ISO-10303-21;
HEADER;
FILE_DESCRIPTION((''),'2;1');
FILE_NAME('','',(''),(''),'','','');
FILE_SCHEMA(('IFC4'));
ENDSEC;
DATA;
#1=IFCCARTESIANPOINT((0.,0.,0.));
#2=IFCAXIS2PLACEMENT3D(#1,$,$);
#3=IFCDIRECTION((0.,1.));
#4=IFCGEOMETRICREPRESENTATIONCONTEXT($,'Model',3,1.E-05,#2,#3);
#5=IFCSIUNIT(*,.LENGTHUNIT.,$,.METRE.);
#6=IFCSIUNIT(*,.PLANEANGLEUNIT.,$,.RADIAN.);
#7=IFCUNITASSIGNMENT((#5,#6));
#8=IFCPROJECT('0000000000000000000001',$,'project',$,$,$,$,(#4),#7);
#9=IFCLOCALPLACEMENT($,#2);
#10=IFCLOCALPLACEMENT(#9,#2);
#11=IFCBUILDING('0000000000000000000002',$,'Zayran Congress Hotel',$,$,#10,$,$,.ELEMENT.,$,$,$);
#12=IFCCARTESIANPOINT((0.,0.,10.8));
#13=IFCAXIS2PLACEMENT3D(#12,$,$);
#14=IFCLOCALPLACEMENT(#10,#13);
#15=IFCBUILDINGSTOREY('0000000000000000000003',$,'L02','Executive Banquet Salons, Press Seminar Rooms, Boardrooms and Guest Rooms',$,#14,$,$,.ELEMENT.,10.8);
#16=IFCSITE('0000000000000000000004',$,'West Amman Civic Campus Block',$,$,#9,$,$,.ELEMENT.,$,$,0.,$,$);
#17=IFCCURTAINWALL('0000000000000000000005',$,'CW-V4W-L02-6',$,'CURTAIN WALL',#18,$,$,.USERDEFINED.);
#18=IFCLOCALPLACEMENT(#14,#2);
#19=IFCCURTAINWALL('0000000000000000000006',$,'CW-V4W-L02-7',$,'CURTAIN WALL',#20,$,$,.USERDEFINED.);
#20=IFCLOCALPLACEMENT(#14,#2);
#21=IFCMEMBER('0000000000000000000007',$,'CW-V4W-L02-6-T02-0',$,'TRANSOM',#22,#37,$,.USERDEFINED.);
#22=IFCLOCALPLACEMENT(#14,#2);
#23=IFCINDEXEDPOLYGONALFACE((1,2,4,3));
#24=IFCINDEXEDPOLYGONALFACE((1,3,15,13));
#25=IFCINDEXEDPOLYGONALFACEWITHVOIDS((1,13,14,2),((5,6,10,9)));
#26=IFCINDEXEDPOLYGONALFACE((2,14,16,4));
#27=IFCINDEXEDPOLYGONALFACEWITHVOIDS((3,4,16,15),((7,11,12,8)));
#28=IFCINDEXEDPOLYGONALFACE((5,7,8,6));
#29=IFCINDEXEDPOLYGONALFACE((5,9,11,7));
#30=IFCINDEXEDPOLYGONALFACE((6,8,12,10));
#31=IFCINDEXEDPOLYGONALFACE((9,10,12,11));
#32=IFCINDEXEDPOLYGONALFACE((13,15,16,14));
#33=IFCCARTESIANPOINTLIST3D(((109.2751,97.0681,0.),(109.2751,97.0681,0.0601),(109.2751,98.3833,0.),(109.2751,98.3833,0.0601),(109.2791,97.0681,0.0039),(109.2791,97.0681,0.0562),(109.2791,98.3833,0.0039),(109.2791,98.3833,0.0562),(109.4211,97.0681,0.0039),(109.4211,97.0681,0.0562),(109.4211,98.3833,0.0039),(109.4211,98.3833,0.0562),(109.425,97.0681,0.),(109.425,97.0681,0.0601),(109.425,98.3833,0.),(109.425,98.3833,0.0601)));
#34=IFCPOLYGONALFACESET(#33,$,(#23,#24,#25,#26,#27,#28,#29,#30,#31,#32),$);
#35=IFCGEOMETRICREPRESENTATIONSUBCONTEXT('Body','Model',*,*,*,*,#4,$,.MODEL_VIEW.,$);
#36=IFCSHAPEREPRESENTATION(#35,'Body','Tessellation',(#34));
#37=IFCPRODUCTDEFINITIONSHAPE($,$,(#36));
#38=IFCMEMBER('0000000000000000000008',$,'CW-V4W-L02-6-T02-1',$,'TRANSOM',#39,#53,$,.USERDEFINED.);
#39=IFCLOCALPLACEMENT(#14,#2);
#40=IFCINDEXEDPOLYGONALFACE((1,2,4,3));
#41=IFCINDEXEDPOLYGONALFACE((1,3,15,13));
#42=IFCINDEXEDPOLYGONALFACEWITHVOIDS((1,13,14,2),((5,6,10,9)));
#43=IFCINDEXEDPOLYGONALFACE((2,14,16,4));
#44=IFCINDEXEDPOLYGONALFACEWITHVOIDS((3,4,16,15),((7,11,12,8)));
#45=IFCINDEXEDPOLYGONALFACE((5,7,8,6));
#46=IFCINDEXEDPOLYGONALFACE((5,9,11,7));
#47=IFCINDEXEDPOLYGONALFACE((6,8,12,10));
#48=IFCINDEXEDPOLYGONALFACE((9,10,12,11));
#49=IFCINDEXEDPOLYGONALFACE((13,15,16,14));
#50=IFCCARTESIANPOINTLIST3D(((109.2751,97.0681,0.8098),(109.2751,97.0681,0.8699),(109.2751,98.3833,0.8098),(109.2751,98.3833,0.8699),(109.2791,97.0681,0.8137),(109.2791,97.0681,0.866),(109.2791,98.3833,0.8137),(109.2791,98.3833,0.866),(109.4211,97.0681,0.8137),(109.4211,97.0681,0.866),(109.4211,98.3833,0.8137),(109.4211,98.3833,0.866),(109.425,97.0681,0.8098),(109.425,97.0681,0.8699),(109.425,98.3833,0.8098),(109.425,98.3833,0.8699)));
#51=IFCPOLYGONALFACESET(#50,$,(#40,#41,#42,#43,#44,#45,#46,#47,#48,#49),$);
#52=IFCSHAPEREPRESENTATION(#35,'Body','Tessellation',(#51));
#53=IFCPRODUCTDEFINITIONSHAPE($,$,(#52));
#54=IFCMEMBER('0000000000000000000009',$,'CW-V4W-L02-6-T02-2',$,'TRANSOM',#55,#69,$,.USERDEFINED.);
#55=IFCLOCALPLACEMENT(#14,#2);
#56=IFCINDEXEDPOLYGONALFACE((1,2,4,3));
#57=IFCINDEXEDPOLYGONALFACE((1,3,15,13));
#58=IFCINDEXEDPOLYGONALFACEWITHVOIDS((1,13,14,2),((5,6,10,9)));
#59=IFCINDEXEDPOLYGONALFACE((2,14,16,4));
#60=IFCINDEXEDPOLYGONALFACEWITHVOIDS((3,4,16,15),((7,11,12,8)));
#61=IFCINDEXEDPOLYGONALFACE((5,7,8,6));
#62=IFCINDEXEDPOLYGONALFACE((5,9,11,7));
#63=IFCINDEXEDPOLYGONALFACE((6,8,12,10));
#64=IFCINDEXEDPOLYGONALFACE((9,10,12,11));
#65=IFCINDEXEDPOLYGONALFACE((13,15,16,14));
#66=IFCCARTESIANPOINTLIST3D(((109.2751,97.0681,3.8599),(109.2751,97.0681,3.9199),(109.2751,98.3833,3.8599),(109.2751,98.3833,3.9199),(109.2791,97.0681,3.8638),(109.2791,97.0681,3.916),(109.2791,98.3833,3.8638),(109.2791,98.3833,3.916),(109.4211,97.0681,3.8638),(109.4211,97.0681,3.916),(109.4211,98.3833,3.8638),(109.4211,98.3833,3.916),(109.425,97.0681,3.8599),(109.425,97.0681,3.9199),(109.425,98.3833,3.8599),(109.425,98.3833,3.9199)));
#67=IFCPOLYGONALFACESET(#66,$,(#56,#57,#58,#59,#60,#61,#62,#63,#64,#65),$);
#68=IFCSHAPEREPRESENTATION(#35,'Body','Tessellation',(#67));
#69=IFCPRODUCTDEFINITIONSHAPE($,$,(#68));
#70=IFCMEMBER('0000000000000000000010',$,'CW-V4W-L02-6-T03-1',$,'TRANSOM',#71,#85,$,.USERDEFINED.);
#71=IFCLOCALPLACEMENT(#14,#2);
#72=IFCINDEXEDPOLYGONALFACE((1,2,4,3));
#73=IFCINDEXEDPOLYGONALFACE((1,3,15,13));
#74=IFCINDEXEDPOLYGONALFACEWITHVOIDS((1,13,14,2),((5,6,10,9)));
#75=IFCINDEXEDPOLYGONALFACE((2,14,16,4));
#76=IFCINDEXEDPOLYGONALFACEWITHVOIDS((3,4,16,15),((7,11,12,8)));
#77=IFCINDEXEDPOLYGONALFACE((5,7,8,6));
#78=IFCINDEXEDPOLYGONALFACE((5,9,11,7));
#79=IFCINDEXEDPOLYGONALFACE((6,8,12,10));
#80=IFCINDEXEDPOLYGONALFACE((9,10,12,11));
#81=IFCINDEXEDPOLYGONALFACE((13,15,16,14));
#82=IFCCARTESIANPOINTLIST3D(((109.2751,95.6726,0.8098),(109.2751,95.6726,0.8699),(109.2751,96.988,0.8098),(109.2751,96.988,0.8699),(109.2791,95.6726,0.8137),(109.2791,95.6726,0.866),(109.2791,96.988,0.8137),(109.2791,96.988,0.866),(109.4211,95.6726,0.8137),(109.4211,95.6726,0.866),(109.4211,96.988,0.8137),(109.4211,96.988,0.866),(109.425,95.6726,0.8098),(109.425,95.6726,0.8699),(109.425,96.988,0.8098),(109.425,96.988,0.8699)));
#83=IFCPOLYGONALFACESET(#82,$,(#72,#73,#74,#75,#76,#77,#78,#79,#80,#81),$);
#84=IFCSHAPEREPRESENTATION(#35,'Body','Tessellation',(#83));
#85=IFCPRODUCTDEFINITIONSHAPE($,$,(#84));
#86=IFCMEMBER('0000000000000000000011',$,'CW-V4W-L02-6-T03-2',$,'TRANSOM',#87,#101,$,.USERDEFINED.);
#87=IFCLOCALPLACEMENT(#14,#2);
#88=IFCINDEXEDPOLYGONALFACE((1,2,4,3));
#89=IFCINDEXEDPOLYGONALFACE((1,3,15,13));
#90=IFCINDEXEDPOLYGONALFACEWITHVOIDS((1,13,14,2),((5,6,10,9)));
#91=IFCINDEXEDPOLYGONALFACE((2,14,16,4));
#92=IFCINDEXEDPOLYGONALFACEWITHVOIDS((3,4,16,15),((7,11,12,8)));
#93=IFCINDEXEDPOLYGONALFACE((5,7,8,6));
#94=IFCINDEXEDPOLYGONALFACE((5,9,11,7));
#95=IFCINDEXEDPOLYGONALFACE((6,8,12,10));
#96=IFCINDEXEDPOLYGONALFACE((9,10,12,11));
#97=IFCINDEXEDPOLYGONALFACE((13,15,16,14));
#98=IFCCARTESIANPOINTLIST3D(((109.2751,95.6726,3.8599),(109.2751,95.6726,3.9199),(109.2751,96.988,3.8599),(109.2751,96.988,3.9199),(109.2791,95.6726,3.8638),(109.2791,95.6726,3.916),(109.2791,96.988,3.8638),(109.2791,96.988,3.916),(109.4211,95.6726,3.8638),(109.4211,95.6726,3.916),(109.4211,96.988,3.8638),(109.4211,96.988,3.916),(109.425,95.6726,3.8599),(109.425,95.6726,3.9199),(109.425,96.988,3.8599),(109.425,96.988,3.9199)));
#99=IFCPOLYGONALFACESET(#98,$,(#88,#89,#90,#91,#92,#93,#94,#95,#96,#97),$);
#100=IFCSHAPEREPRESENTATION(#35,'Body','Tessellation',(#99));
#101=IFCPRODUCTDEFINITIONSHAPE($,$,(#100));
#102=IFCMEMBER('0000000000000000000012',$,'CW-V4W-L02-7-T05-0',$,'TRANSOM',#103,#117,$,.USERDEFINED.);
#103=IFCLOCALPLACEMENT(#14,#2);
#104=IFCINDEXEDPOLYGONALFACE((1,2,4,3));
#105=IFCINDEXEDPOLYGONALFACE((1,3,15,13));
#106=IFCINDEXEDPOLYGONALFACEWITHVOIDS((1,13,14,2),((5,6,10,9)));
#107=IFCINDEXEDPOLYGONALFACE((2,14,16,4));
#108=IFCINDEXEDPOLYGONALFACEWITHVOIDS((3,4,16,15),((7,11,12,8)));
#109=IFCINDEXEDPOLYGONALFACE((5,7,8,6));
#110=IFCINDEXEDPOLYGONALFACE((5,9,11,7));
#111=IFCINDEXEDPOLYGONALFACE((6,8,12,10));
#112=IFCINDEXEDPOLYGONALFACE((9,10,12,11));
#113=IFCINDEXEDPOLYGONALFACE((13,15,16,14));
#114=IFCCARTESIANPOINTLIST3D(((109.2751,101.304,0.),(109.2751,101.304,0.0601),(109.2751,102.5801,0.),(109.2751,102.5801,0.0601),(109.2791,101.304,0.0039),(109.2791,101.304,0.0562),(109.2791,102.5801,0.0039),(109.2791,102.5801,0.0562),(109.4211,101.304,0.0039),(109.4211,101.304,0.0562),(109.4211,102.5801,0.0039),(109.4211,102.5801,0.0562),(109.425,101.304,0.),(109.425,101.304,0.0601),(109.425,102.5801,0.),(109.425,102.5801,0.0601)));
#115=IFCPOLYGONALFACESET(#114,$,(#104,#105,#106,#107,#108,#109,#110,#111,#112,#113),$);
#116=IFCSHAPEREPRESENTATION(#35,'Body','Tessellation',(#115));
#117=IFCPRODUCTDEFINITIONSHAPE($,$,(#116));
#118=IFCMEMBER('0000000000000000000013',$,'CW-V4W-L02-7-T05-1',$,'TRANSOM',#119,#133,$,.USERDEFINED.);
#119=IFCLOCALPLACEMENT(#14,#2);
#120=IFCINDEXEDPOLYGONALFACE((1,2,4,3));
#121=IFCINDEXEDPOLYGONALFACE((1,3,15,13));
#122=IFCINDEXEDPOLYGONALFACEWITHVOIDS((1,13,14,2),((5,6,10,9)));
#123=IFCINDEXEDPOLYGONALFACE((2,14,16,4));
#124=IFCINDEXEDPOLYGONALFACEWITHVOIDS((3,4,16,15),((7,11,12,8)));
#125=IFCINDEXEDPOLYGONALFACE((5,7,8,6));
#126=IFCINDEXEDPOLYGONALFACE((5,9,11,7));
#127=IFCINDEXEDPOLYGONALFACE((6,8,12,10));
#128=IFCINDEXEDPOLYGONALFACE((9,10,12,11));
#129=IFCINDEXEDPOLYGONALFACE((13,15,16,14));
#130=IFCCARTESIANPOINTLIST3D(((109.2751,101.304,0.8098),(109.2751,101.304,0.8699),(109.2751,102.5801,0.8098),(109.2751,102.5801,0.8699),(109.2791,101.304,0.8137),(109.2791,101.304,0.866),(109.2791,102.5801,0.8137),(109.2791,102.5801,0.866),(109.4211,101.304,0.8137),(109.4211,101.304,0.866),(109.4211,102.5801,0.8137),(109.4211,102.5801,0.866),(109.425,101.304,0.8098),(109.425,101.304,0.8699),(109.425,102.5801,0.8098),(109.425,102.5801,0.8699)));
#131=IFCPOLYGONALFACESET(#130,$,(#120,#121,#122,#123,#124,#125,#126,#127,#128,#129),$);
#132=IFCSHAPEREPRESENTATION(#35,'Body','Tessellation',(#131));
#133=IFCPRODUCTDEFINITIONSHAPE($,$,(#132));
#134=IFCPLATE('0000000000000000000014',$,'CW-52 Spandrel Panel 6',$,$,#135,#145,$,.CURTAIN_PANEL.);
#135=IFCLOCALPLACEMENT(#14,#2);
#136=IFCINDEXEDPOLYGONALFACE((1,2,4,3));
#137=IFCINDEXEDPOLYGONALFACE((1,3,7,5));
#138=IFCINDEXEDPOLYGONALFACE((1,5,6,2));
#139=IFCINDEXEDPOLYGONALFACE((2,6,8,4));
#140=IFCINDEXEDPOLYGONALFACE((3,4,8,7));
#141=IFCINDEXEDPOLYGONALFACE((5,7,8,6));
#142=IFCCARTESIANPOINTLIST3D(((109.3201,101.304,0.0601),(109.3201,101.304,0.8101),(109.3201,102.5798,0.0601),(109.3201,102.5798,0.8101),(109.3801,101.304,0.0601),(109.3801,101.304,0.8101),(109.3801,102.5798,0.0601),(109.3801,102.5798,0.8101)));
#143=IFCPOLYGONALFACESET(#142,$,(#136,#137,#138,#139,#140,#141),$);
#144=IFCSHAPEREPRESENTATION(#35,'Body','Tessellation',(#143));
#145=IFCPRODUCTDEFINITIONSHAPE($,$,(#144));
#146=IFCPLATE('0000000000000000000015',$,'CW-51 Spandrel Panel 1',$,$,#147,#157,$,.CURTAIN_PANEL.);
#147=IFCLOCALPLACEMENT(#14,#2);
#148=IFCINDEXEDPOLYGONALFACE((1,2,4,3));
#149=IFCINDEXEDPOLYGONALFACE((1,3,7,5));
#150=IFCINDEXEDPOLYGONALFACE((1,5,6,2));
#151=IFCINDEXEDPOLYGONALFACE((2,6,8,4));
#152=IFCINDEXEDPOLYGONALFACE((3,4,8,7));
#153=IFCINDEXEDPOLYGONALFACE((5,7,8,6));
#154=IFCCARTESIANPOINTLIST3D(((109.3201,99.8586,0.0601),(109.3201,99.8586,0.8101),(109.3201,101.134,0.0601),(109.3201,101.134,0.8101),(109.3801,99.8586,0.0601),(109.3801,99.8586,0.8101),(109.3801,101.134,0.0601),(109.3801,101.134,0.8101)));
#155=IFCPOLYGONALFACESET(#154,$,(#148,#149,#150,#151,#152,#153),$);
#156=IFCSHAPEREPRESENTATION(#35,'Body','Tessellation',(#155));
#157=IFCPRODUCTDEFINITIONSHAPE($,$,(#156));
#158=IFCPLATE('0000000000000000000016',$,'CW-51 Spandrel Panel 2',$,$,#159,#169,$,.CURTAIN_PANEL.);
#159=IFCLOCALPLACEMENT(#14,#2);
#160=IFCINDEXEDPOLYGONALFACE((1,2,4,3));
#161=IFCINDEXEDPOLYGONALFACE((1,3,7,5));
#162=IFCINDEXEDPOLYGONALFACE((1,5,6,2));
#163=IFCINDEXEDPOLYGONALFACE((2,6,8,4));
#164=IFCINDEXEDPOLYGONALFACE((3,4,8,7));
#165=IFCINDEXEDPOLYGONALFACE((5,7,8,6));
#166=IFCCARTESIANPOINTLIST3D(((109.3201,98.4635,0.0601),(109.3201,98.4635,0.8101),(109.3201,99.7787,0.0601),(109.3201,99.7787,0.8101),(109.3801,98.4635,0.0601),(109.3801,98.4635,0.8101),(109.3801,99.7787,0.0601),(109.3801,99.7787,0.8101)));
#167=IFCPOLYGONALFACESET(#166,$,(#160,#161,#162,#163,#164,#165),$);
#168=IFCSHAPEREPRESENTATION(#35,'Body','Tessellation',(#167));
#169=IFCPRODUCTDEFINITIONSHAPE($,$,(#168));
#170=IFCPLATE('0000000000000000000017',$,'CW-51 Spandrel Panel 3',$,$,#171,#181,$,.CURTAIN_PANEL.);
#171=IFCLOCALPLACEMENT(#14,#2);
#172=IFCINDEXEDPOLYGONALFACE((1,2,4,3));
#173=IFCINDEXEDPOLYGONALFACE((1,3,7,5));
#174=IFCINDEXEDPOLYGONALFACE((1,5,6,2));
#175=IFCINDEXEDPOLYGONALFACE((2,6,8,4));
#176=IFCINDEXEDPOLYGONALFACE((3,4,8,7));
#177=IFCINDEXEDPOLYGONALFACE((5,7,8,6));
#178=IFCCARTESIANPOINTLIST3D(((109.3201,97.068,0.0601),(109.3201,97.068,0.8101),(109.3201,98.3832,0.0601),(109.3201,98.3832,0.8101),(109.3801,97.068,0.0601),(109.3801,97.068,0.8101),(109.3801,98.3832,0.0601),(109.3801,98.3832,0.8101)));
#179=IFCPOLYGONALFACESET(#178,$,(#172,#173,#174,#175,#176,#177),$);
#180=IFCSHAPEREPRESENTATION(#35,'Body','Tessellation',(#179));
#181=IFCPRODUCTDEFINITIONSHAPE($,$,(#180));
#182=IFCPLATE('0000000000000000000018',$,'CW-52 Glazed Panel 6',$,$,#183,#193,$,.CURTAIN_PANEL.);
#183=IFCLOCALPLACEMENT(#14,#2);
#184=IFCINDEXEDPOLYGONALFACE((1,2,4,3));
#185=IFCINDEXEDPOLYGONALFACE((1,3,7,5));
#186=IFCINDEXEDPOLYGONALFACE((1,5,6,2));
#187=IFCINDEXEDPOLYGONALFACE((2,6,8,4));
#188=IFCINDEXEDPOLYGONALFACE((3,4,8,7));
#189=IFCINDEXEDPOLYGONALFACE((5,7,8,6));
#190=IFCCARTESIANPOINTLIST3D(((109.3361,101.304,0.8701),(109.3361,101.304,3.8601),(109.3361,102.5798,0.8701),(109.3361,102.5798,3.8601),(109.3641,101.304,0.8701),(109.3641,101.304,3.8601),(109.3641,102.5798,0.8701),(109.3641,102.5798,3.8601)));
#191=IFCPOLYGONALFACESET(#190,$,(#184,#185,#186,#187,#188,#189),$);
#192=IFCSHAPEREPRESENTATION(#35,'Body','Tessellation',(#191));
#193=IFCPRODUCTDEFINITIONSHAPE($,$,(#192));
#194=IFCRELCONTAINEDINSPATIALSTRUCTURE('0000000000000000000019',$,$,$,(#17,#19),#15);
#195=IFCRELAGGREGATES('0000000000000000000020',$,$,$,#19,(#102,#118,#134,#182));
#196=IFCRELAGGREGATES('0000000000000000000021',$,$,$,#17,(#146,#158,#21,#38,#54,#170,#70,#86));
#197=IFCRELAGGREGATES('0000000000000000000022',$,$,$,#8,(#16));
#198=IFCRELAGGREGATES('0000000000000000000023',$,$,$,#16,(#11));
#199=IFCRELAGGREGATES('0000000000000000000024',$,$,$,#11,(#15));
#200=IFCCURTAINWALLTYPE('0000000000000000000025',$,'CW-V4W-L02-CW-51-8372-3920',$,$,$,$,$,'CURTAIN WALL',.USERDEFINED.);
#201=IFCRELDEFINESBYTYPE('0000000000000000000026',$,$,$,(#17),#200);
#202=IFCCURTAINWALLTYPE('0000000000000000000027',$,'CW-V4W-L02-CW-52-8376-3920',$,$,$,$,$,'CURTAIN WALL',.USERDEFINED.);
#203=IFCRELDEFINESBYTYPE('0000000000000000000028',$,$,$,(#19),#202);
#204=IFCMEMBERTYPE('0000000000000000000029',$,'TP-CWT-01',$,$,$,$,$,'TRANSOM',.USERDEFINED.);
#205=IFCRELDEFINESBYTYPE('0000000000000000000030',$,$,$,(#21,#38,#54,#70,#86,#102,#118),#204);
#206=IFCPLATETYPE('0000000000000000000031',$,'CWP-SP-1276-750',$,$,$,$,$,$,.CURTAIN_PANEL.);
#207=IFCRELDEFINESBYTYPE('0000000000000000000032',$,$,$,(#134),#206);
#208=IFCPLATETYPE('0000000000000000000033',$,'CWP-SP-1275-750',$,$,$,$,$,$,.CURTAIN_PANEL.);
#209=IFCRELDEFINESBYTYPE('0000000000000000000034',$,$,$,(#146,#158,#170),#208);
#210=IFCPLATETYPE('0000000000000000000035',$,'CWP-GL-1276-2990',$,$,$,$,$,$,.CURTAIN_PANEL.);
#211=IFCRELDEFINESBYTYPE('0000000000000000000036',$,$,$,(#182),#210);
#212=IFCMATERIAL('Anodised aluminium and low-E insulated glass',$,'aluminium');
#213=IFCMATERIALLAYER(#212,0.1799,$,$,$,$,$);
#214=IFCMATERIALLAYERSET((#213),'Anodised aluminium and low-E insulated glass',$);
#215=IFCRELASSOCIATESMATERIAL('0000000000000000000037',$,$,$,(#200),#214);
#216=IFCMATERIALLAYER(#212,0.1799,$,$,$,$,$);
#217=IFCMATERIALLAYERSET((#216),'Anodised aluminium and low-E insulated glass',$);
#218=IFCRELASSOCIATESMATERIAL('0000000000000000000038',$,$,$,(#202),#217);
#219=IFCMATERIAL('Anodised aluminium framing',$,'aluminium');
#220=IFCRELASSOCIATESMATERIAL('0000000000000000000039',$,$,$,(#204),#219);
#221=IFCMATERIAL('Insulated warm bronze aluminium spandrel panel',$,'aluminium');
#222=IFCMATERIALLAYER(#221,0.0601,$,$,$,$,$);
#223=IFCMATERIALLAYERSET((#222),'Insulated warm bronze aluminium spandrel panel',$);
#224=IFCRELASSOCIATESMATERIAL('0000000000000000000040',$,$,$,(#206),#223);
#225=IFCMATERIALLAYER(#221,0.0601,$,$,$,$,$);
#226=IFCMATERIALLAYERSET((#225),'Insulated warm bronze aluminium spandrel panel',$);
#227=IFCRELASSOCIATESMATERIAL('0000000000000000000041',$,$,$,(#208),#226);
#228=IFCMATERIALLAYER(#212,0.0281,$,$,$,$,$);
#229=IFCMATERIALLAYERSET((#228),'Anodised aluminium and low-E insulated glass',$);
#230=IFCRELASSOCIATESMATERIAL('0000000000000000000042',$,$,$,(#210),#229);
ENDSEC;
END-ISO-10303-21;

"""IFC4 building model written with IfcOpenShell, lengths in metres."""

from ifc_helpers import new_model, si_unit, direction, frame, origin, origin_2d, place, context, subcontext, project, spatial, rectangle, hollow_rectangle, extrude, material, layer, layer_set, material_profile, profile_set, type_object, element, aggregate, save


model = new_model("IFC4")

# Units and contexts
model_context = context("Model", 3, precision=1e-05, world=origin(), true_north=direction((0.0, 1.0)))
body_context = subcontext(model_context, "Body", "Model", "MODEL_VIEW")
ifc_project = project(units=[si_unit("LENGTHUNIT", "METRE"), si_unit("PLANEANGLEUNIT", "RADIAN")], contexts=[model_context])

# Site, building, storey
site_placement = place(None, origin())
site = spatial("IfcSite", under=ifc_project, at=site_placement, Name="West Amman Civic Campus Block", CompositionType="ELEMENT", RefElevation=0.0)
building_placement = place(site_placement, origin())
building = spatial("IfcBuilding", under=site, at=building_placement, Name="Zayran Congress Hotel", CompositionType="ELEMENT")
storey_placement = place(building_placement, frame((0.0, 0.0, 10.8)))
storey = spatial("IfcBuildingStorey", under=building, at=storey_placement, Name="L02", Description="Executive Banquet Salons, Press Seminar Rooms, Boardrooms and Guest Rooms", CompositionType="ELEMENT", Elevation=10.8)

# Curtain wall
ifc_material_1 = material(Name="Anodised aluminium and low-E insulated glass", Category="aluminium")
ifc_layer_1 = layer(ifc_material_1, 0.1799)
ifc_layer_set_1 = layer_set([ifc_layer_1], Name="Anodised aluminium and low-E insulated glass")
curtain_wall_type_1 = type_object("IfcCurtainWallType", Name="CW-V4W-L02-CW-51-8372-3920", ElementType="CURTAIN WALL", PredefinedType="USERDEFINED", material=ifc_layer_set_1)
curtain_wall_1_placement = place(storey_placement, origin())
curtain_wall_1 = element("IfcCurtainWall", 1, at=curtain_wall_1_placement, inside=storey, type_object=curtain_wall_type_1, Name="CW-V4W-L02-6", ObjectType="CURTAIN WALL", PredefinedType="USERDEFINED")
ifc_material_2 = material(Name="Anodised aluminium framing", Category="aluminium")

# Curtain wall
ifc_layer_2 = layer(ifc_material_1, 0.1799)
ifc_layer_set_2 = layer_set([ifc_layer_2], Name="Anodised aluminium and low-E insulated glass")
curtain_wall_type_2 = type_object("IfcCurtainWallType", Name="CW-V4W-L02-CW-52-8376-3920", ElementType="CURTAIN WALL", PredefinedType="USERDEFINED", material=ifc_layer_set_2)
curtain_wall_2_placement = place(storey_placement, origin())
curtain_wall_2 = element("IfcCurtainWall", 2, at=curtain_wall_2_placement, inside=storey, type_object=curtain_wall_type_2, Name="CW-V4W-L02-7", ObjectType="CURTAIN WALL", PredefinedType="USERDEFINED")

# Members
ifc_material_profile_1 = material_profile(ifc_material_2, hollow_rectangle(XDim=0.0601, YDim=0.1499, WallThickness=0.0039, at=origin_2d()), Name="RHS 150x60x4")
ifc_profile_set_1 = profile_set([ifc_material_profile_1], Name="Anodised aluminium framing")
member_type_1 = type_object("IfcMemberType", Name="TP-CWT-01", ElementType="TRANSOM", PredefinedType="USERDEFINED", material=ifc_profile_set_1)
member_1_placement = place(storey_placement, frame((109.3501, 98.3833, 0.03), z_axis=(0.0, -1.0, 0.0), x_axis=(0.0, 0.0, 1.0)))
member_1 = element("IfcMember", 3, at=member_1_placement, type_object=member_type_1, Name="CW-V4W-L02-6-T02-0", ObjectType="TRANSOM", PredefinedType="USERDEFINED", context=body_context, shape_type="SweptSolid", body=[
    extrude(hollow_rectangle(XDim=0.0601, YDim=0.1499, WallThickness=0.0039, at=origin_2d()), origin(), (0.0, 0.0, 1.0), 1.3152),
])
member_2_placement = place(storey_placement, frame((109.3501, 98.3833, 0.8398), z_axis=(0.0, -1.0, 0.0), x_axis=(0.0, 0.0, 1.0)))
member_2 = element("IfcMember", 4, at=member_2_placement, type_object=member_type_1, Name="CW-V4W-L02-6-T02-1", ObjectType="TRANSOM", PredefinedType="USERDEFINED", context=body_context, shape_type="SweptSolid", body=[
    extrude(hollow_rectangle(XDim=0.0601, YDim=0.1499, WallThickness=0.0039, at=origin_2d()), origin(), (0.0, 0.0, 1.0), 1.3152),
])
member_3_placement = place(storey_placement, frame((109.3501, 98.3833, 3.8899), z_axis=(0.0, -1.0, 0.0), x_axis=(0.0, 0.0, 1.0)))
member_3 = element("IfcMember", 5, at=member_3_placement, type_object=member_type_1, Name="CW-V4W-L02-6-T02-2", ObjectType="TRANSOM", PredefinedType="USERDEFINED", context=body_context, shape_type="SweptSolid", body=[
    extrude(hollow_rectangle(XDim=0.0601, YDim=0.1499, WallThickness=0.0039, at=origin_2d()), origin(), (0.0, 0.0, 1.0), 1.3152),
])
member_4_placement = place(storey_placement, frame((109.3501, 96.988, 0.8398), z_axis=(0.0, -1.0, 0.0), x_axis=(0.0, 0.0, 1.0)))
member_4 = element("IfcMember", 6, at=member_4_placement, type_object=member_type_1, Name="CW-V4W-L02-6-T03-1", ObjectType="TRANSOM", PredefinedType="USERDEFINED", context=body_context, shape_type="SweptSolid", body=[
    extrude(hollow_rectangle(XDim=0.0601, YDim=0.1499, WallThickness=0.0039, at=origin_2d()), origin(), (0.0, 0.0, 1.0), 1.3154),
])
member_5_placement = place(storey_placement, frame((109.3501, 96.988, 3.8899), z_axis=(0.0, -1.0, 0.0), x_axis=(0.0, 0.0, 1.0)))
member_5 = element("IfcMember", 7, at=member_5_placement, type_object=member_type_1, Name="CW-V4W-L02-6-T03-2", ObjectType="TRANSOM", PredefinedType="USERDEFINED", context=body_context, shape_type="SweptSolid", body=[
    extrude(hollow_rectangle(XDim=0.0601, YDim=0.1499, WallThickness=0.0039, at=origin_2d()), origin(), (0.0, 0.0, 1.0), 1.3154),
])
member_6_placement = place(storey_placement, frame((109.3501, 102.5801, 0.03), z_axis=(0.0, -1.0, 0.0), x_axis=(0.0, 0.0, 1.0)))
member_6 = element("IfcMember", 8, at=member_6_placement, type_object=member_type_1, Name="CW-V4W-L02-7-T05-0", ObjectType="TRANSOM", PredefinedType="USERDEFINED", context=body_context, shape_type="SweptSolid", body=[
    extrude(hollow_rectangle(XDim=0.0601, YDim=0.1499, WallThickness=0.0039, at=origin_2d()), origin(), (0.0, 0.0, 1.0), 1.2761),
])
member_7_placement = place(storey_placement, frame((109.3501, 102.5801, 0.8398), z_axis=(0.0, -1.0, 0.0), x_axis=(0.0, 0.0, 1.0)))
member_7 = element("IfcMember", 9, at=member_7_placement, type_object=member_type_1, Name="CW-V4W-L02-7-T05-1", ObjectType="TRANSOM", PredefinedType="USERDEFINED", context=body_context, shape_type="SweptSolid", body=[
    extrude(hollow_rectangle(XDim=0.0601, YDim=0.1499, WallThickness=0.0039, at=origin_2d()), origin(), (0.0, 0.0, 1.0), 1.2761),
])

# Plates
ifc_material_3 = material(Name="Insulated warm bronze aluminium spandrel panel", Category="aluminium")
ifc_layer_3 = layer(ifc_material_3, 0.0601)
ifc_layer_set_3 = layer_set([ifc_layer_3], Name="Insulated warm bronze aluminium spandrel panel")
plate_type_1 = type_object("IfcPlateType", Name="CWP-SP-1276-750", PredefinedType="CURTAIN_PANEL", material=ifc_layer_set_3)
plate_1_placement = place(storey_placement, frame((109.3501, 101.9419, 0.0601), z_axis=(0.0, 0.0, 1.0), x_axis=(0.0, 1.0, 0.0)))
plate_1 = element("IfcPlate", 10, at=plate_1_placement, type_object=plate_type_1, Name="CW-52 Spandrel Panel 6", PredefinedType="CURTAIN_PANEL", context=body_context, shape_type="SweptSolid", body=[
    extrude(rectangle(XDim=1.2759, YDim=0.0601, at=origin_2d()), origin(), (0.0, 0.0, 1.0), 0.75),
])
ifc_layer_4 = layer(ifc_material_3, 0.0601)
ifc_layer_set_4 = layer_set([ifc_layer_4], Name="Insulated warm bronze aluminium spandrel panel")
plate_type_2 = type_object("IfcPlateType", Name="CWP-SP-1275-750", PredefinedType="CURTAIN_PANEL", material=ifc_layer_set_4)
plate_2_placement = place(storey_placement, frame((109.3501, 100.4963, 0.0601), z_axis=(0.0, 0.0, 1.0), x_axis=(0.0, 1.0, 0.0)))
plate_2 = element("IfcPlate", 11, at=plate_2_placement, type_object=plate_type_2, Name="CW-51 Spandrel Panel 1", PredefinedType="CURTAIN_PANEL", context=body_context, shape_type="SweptSolid", body=[
    extrude(rectangle(XDim=1.2754, YDim=0.0601, at=origin_2d()), origin(), (0.0, 0.0, 1.0), 0.75),
])
plate_3_placement = place(storey_placement, frame((109.3501, 99.1211, 0.0601), z_axis=(0.0, 0.0, 1.0), x_axis=(0.0, 1.0, 0.0)))
plate_3 = element("IfcPlate", 12, at=plate_3_placement, type_object=plate_type_2, Name="CW-51 Spandrel Panel 2", PredefinedType="CURTAIN_PANEL", context=body_context, shape_type="SweptSolid", body=[
    extrude(rectangle(XDim=1.3152, YDim=0.0601, at=origin_2d()), origin(), (0.0, 0.0, 1.0), 0.75),
])
plate_4_placement = place(storey_placement, frame((109.3501, 97.7256, 0.0601), z_axis=(0.0, 0.0, 1.0), x_axis=(0.0, 1.0, 0.0)))
plate_4 = element("IfcPlate", 13, at=plate_4_placement, type_object=plate_type_2, Name="CW-51 Spandrel Panel 3", PredefinedType="CURTAIN_PANEL", context=body_context, shape_type="SweptSolid", body=[
    extrude(rectangle(XDim=1.3152, YDim=0.0601, at=origin_2d()), origin(), (0.0, 0.0, 1.0), 0.75),
])
ifc_layer_5 = layer(ifc_material_1, 0.0281)
ifc_layer_set_5 = layer_set([ifc_layer_5], Name="Anodised aluminium and low-E insulated glass")
plate_type_3 = type_object("IfcPlateType", Name="CWP-GL-1276-2990", PredefinedType="CURTAIN_PANEL", material=ifc_layer_set_5)
plate_5_placement = place(storey_placement, frame((109.3501, 101.9419, 0.8701), z_axis=(0.0, 0.0, 1.0), x_axis=(0.0, 1.0, 0.0)))
plate_5 = element("IfcPlate", 14, at=plate_5_placement, type_object=plate_type_3, Name="CW-52 Glazed Panel 6", PredefinedType="CURTAIN_PANEL", context=body_context, shape_type="SweptSolid", body=[
    extrude(rectangle(XDim=1.2759, YDim=0.0281, at=origin_2d()), origin(), (0.0, 0.0, 1.0), 2.99),
])
aggregate(curtain_wall_2, [member_6, member_7, plate_1, plate_5])
aggregate(curtain_wall_1, [plate_2, plate_3, member_1, member_2, member_3, plate_4, member_4, member_5])

save(model, "model.ifc")
